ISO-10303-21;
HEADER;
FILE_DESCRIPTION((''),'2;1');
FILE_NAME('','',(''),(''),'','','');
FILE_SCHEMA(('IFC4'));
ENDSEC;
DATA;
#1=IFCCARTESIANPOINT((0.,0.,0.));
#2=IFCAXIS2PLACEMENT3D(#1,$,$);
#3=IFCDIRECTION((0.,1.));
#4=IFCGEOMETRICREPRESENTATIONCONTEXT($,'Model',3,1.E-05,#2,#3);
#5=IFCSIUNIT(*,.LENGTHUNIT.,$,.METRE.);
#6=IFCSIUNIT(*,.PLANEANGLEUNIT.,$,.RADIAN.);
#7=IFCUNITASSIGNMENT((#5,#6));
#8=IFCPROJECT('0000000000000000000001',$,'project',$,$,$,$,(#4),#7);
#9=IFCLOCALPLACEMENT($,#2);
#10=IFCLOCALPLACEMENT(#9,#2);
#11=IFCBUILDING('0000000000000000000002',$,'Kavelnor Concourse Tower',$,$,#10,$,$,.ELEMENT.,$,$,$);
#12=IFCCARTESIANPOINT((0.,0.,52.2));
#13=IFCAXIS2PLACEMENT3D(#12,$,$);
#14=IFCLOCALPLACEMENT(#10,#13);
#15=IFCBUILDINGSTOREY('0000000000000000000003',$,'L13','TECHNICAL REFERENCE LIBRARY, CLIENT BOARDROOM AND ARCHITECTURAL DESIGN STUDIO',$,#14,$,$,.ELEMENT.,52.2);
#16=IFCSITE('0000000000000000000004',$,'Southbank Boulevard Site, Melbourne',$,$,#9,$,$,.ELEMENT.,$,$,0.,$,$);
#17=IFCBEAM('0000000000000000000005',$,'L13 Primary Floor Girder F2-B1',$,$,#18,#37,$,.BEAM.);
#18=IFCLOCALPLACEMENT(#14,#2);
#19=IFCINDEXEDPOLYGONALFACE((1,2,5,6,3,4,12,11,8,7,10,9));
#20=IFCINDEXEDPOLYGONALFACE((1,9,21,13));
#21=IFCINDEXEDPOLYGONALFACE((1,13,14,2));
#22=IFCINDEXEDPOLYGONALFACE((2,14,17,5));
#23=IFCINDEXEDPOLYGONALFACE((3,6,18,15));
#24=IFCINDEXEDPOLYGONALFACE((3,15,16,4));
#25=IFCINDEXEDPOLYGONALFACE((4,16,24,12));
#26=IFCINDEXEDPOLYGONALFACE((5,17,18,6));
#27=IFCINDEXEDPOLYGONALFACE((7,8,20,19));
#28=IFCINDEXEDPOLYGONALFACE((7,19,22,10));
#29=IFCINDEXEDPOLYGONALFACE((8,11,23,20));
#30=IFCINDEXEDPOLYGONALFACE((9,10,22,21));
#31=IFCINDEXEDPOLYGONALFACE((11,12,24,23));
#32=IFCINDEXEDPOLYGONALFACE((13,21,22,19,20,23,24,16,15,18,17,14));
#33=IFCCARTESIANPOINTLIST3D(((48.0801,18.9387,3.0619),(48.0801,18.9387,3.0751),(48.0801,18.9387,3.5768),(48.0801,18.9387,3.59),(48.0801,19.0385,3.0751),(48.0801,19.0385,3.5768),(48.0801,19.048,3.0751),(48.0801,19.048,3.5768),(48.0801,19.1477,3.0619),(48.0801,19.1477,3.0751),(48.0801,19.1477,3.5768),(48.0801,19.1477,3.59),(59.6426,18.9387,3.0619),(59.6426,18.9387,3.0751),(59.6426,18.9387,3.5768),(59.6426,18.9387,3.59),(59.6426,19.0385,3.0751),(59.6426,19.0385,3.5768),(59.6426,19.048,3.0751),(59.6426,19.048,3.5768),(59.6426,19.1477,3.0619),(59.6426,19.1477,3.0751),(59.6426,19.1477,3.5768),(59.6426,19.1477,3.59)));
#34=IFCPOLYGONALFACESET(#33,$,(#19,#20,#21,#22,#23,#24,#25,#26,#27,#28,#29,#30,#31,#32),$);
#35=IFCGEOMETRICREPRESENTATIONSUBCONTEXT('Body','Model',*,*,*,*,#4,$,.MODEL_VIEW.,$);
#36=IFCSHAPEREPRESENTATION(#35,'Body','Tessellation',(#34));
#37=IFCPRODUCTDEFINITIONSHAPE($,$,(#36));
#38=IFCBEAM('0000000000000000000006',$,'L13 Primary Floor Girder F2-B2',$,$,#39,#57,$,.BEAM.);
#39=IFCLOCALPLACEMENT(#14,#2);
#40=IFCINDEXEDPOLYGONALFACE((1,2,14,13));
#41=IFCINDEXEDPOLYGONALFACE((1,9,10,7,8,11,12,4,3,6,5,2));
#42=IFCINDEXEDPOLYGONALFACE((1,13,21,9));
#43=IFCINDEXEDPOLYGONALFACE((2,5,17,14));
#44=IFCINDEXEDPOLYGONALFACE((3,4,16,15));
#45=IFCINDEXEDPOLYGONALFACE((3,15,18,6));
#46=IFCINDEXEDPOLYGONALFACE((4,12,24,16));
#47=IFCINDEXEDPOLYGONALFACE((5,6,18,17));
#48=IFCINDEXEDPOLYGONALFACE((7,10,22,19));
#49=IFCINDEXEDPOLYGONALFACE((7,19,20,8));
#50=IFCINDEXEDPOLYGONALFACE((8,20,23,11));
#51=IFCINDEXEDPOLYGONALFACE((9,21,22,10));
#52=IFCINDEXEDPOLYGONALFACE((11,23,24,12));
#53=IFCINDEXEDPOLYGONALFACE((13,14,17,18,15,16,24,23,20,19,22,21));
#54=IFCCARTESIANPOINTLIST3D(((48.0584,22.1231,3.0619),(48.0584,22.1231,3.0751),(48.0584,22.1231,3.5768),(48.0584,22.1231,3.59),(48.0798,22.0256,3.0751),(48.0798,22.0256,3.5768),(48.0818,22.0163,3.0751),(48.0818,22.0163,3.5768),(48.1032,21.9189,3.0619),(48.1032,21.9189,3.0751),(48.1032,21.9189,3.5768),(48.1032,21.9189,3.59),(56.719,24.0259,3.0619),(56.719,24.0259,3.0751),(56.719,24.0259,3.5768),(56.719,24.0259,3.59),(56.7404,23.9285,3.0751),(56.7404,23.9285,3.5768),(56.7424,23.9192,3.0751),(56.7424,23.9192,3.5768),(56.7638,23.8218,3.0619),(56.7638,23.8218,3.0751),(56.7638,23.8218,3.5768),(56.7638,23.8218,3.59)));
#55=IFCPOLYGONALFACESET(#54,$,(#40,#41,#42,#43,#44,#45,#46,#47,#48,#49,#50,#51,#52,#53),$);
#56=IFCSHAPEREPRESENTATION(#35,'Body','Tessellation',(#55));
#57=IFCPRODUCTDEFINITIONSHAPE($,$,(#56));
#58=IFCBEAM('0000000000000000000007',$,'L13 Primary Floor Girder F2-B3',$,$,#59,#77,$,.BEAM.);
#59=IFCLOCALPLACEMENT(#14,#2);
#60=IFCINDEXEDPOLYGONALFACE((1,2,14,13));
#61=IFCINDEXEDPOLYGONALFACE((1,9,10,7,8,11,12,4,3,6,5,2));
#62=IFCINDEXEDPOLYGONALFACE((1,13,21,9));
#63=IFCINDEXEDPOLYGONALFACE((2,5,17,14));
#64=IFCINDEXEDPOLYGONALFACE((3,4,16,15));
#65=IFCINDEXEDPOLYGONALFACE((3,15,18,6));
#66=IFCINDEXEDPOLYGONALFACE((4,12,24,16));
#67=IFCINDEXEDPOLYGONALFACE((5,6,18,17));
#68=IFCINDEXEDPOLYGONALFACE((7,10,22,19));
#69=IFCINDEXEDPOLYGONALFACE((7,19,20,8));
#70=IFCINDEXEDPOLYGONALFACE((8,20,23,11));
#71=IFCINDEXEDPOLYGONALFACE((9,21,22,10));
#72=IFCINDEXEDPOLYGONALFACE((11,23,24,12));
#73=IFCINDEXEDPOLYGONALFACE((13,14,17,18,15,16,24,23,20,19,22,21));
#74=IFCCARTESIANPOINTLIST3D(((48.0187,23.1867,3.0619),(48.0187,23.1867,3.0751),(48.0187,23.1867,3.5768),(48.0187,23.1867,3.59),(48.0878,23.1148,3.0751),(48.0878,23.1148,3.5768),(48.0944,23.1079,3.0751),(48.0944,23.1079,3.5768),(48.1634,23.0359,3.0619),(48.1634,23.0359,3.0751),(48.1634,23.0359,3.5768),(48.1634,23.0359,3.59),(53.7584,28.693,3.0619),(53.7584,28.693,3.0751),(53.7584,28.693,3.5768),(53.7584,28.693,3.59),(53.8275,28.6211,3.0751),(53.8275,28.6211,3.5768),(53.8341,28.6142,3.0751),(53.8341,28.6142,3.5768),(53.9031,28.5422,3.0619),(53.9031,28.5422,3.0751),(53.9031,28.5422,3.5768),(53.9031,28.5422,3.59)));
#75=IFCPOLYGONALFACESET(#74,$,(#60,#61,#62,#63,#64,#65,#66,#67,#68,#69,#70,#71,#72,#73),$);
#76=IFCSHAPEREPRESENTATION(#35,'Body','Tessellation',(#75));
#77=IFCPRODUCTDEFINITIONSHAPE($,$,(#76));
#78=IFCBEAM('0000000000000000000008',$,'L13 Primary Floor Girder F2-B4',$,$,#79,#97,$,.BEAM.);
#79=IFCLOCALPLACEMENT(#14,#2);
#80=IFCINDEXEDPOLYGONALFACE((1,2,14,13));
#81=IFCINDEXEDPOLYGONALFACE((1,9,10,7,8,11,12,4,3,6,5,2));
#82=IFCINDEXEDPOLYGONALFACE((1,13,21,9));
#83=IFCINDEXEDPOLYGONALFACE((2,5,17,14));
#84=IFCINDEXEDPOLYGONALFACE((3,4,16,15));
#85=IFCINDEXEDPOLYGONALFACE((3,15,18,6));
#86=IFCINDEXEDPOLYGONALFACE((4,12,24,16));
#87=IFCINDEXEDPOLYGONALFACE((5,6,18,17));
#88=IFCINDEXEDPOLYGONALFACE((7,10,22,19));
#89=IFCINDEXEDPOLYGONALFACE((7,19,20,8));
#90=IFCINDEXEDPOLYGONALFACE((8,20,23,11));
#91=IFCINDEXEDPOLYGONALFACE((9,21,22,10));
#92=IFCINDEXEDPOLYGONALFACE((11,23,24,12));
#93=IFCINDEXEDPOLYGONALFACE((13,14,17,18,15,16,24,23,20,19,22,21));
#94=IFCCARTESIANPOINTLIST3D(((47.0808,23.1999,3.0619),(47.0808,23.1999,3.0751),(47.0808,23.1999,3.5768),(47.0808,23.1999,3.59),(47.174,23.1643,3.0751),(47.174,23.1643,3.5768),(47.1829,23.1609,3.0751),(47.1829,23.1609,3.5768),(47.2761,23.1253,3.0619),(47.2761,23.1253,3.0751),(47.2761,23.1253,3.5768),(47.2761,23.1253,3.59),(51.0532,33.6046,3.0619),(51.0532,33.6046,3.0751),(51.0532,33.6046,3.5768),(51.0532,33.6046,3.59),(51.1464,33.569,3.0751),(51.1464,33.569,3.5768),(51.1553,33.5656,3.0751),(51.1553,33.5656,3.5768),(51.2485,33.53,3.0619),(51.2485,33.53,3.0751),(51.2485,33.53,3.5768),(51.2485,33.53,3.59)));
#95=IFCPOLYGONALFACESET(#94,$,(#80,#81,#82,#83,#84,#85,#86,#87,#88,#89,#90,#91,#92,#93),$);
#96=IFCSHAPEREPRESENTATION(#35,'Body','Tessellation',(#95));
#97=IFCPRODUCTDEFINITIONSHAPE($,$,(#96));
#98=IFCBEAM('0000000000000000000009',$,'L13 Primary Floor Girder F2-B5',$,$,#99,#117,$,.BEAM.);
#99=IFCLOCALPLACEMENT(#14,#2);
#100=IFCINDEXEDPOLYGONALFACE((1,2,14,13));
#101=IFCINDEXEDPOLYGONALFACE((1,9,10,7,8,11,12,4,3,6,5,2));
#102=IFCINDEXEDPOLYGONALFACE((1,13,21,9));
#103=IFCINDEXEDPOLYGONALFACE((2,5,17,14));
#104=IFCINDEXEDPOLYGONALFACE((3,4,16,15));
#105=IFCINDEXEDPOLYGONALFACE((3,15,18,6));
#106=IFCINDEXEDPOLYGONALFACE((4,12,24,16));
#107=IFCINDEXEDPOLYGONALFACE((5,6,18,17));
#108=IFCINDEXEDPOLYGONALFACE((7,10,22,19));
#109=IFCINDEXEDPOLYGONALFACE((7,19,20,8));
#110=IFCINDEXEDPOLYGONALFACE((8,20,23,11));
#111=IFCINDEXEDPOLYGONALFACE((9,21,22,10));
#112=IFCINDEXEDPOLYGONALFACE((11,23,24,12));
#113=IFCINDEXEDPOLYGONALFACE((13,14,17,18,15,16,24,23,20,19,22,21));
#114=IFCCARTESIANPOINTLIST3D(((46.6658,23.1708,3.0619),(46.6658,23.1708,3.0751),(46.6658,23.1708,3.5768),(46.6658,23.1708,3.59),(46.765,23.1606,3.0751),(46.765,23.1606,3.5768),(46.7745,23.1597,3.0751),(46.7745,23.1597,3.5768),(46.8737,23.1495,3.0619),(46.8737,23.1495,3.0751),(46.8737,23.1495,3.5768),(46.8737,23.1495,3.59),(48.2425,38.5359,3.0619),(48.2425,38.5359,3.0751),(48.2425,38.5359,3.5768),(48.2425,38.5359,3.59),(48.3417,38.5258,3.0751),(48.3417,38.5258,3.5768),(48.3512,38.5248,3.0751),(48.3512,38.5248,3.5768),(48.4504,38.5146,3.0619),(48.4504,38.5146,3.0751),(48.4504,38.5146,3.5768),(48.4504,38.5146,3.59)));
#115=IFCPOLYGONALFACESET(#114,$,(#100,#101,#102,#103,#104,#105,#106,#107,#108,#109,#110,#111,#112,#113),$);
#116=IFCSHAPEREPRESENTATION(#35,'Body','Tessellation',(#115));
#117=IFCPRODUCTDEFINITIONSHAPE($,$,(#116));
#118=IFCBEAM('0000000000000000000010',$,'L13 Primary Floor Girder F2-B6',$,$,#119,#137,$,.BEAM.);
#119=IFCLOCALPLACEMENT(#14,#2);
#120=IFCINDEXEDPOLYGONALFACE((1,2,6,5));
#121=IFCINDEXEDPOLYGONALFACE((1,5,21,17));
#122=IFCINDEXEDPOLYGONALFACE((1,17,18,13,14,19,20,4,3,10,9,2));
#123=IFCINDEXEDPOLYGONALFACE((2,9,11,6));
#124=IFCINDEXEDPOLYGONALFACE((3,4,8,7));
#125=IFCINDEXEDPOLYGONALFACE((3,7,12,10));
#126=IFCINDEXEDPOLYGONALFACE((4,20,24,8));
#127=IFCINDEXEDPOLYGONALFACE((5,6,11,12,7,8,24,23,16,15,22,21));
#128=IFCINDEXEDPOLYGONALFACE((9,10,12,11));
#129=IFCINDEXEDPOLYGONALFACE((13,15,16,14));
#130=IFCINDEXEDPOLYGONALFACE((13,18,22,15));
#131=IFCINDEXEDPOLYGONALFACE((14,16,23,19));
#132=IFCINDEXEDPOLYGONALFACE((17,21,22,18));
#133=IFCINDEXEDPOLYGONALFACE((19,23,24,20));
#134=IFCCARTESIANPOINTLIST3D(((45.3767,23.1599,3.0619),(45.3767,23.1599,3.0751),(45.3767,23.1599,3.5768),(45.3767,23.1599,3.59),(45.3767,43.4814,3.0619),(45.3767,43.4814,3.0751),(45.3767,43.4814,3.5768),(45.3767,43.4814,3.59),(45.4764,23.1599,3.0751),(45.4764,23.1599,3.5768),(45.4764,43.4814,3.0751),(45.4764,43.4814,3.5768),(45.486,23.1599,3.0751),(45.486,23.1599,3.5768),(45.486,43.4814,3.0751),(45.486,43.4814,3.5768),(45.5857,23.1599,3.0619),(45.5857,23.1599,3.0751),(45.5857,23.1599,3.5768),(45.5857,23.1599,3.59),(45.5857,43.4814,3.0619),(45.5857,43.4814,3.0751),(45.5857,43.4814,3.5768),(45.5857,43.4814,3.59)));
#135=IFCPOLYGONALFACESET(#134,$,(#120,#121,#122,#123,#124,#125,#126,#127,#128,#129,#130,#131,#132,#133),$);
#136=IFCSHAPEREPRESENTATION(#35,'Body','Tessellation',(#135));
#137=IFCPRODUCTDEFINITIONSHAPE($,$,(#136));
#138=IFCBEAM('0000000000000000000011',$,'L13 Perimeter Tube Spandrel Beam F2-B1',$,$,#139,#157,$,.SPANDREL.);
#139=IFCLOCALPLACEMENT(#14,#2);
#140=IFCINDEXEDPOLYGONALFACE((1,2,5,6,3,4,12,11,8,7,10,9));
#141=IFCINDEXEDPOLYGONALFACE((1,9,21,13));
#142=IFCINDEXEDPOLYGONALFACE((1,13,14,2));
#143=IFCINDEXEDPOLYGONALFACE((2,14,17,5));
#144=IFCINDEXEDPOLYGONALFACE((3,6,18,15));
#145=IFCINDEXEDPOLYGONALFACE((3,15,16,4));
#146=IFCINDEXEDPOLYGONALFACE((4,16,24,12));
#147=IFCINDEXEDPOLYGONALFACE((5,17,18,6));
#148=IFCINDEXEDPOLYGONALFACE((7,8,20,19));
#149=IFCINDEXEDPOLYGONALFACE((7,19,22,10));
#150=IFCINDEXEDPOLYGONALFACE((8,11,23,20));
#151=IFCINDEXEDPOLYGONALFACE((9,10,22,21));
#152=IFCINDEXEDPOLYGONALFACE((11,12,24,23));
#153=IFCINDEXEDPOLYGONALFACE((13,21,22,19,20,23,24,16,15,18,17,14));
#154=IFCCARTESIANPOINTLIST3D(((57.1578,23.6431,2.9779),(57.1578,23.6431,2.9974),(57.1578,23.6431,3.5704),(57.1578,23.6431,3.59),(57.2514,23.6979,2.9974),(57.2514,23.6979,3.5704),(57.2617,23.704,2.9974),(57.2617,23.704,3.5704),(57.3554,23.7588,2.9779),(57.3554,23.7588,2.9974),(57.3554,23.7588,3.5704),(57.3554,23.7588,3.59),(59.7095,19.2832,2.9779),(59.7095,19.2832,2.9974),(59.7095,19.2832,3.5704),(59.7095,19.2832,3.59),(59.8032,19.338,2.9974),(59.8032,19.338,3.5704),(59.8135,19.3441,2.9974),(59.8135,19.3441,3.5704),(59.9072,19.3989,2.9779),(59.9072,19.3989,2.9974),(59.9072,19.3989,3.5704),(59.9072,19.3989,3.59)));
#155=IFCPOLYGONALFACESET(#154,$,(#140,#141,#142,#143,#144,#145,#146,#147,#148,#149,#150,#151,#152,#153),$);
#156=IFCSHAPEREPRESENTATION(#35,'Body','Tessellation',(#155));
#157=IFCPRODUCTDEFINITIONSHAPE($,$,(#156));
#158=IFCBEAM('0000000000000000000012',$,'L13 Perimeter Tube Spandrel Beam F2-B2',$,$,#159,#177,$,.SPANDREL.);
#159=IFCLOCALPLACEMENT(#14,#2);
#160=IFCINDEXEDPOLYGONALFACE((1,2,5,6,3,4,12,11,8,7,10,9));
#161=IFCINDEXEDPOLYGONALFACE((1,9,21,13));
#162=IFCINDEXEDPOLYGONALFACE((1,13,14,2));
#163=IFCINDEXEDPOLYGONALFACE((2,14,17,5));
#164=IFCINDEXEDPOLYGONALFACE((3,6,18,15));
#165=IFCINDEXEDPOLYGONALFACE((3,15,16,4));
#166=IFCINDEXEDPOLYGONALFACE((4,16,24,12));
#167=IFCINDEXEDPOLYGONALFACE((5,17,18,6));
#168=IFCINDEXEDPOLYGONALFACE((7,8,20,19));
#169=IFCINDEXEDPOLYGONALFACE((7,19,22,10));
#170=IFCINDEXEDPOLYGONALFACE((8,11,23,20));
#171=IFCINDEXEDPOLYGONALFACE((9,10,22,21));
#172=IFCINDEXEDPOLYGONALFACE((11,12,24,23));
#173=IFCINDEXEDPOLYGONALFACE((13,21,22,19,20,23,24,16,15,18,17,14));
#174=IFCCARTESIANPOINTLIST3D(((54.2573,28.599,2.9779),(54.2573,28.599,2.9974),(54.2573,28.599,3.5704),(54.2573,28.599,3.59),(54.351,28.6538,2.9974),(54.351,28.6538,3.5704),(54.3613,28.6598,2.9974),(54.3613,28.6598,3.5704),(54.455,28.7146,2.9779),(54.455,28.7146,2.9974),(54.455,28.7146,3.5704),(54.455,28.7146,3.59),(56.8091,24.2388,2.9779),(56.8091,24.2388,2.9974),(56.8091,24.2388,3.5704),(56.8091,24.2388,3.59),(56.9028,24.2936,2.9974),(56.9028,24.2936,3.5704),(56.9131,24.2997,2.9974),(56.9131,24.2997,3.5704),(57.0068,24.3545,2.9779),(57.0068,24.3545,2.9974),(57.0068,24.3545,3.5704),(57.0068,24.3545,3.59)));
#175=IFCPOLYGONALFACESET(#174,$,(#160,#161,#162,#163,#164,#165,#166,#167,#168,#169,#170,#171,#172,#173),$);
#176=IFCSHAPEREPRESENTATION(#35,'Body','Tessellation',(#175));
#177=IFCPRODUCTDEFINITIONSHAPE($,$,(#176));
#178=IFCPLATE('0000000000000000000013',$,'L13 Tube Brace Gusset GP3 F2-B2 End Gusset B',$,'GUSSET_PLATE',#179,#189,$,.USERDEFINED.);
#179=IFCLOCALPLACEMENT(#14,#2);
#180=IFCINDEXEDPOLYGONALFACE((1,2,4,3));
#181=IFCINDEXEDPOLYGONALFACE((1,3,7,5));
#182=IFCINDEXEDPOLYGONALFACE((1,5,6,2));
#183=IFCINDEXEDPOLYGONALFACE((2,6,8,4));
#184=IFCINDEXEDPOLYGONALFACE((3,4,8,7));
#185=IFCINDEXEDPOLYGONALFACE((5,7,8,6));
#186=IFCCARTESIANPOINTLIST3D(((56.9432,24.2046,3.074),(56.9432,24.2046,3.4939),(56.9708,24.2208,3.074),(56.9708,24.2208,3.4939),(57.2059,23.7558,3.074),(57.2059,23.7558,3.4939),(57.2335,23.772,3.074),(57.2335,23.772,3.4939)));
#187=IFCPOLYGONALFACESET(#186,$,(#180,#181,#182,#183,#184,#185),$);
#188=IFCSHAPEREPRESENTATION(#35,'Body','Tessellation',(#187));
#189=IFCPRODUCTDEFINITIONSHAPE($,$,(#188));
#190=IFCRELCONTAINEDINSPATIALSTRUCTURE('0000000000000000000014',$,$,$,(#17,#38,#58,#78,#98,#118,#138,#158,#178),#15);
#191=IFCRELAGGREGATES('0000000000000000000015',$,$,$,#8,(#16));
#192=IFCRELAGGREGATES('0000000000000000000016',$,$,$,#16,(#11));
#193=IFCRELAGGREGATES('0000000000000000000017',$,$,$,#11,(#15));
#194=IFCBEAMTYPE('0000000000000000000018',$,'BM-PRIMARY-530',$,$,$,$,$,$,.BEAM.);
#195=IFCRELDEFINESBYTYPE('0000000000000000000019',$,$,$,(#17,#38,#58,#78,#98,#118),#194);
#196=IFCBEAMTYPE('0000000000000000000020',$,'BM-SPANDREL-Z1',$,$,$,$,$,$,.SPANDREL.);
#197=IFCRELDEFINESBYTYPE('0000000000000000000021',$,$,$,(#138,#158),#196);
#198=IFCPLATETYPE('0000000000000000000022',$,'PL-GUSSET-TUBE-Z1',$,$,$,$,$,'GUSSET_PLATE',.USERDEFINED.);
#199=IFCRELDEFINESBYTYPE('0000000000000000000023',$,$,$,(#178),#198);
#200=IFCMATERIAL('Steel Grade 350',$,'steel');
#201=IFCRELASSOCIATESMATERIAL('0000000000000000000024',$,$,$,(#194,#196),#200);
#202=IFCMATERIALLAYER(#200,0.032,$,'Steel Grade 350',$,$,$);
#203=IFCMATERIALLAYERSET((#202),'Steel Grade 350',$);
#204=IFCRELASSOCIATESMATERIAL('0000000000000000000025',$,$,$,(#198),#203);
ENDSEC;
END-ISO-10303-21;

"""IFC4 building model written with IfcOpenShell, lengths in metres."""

from ifc_helpers import new_model, si_unit, direction, frame, origin, origin_2d, place, context, subcontext, project, spatial, rectangle, i_section, extrude, material, layer, layer_set, material_profile, profile_set, type_object, element, save


model = new_model("IFC4")

# Units and contexts
model_context = context("Model", 3, precision=1e-05, world=origin(), true_north=direction((0.0, 1.0)))
body_context = subcontext(model_context, "Body", "Model", "MODEL_VIEW")
ifc_project = project(units=[si_unit("LENGTHUNIT", "METRE"), si_unit("PLANEANGLEUNIT", "RADIAN")], contexts=[model_context])

# Site, building, storey
site_placement = place(None, origin())
site = spatial("IfcSite", under=ifc_project, at=site_placement, Name="Southbank Boulevard Site, Melbourne", CompositionType="ELEMENT", RefElevation=0.0)
building_placement = place(site_placement, origin())
building = spatial("IfcBuilding", under=site, at=building_placement, Name="Kavelnor Concourse Tower", CompositionType="ELEMENT")
storey_placement = place(building_placement, frame((0.0, 0.0, 52.2)))
storey = spatial("IfcBuildingStorey", under=building, at=storey_placement, Name="L13", Description="TECHNICAL REFERENCE LIBRARY, CLIENT BOARDROOM AND ARCHITECTURAL DESIGN STUDIO", CompositionType="ELEMENT", Elevation=52.2)

# Shared definitions
ifc_material_1 = material(Name="Steel Grade 350", Category="steel")

# Beams
ifc_material_profile_1 = material_profile(ifc_material_1, i_section(OverallWidth=0.209, OverallDepth=0.5281, WebThickness=0.0095, FlangeThickness=0.0132, at=origin_2d()), Name="530UB82")
ifc_profile_set_1 = profile_set([ifc_material_profile_1], Name="Steel Grade 350")
beam_type_1 = type_object("IfcBeamType", Name="BM-PRIMARY-530", PredefinedType="BEAM", material=ifc_profile_set_1)
beam_1_placement = place(storey_placement, frame((48.0801, 19.0432, 3.3259), z_axis=(1.0, 0.0, 0.0), x_axis=(0.0, 1.0, 0.0)))
element("IfcBeam", 1, at=beam_1_placement, inside=storey, type_object=beam_type_1, Name="L13 Primary Floor Girder F2-B1", PredefinedType="BEAM", context=body_context, shape_type="SweptSolid", body=[
    extrude(i_section(OverallWidth=0.209, OverallDepth=0.5281, WebThickness=0.0095, FlangeThickness=0.0132, at=origin_2d()), origin(), (0.0, 0.0, 1.0), 11.5625),
])
beam_2_placement = place(storey_placement, frame((48.0808, 22.021, 3.3259), z_axis=(0.976704, 0.214592, 0.0), x_axis=(-0.214592, 0.976704, 0.0)))
element("IfcBeam", 2, at=beam_2_placement, inside=storey, type_object=beam_type_1, Name="L13 Primary Floor Girder F2-B2", PredefinedType="BEAM", context=body_context, shape_type="SweptSolid", body=[
    extrude(i_section(OverallWidth=0.209, OverallDepth=0.5281, WebThickness=0.0095, FlangeThickness=0.0132, at=origin_2d()), origin(), (0.0, 0.0, 1.0), 8.8672),
])
beam_3_placement = place(storey_placement, frame((48.0911, 23.1113, 3.3259), z_axis=(0.721626, 0.692283, 0.0), x_axis=(-0.692283, 0.721626, 0.0)))
element("IfcBeam", 3, at=beam_3_placement, inside=storey, type_object=beam_type_1, Name="L13 Primary Floor Girder F2-B3", PredefinedType="BEAM", context=body_context, shape_type="SweptSolid", body=[
    extrude(i_section(OverallWidth=0.209, OverallDepth=0.5281, WebThickness=0.0095, FlangeThickness=0.0132, at=origin_2d()), origin(), (0.0, 0.0, 1.0), 7.9539),
])
beam_4_placement = place(storey_placement, frame((47.1785, 23.1626, 3.3259), z_axis=(0.356676, 0.934228, 0.0), x_axis=(-0.934228, 0.356676, 0.0)))
element("IfcBeam", 4, at=beam_4_placement, inside=storey, type_object=beam_type_1, Name="L13 Primary Floor Girder F2-B4", PredefinedType="BEAM", context=body_context, shape_type="SweptSolid", body=[
    extrude(i_section(OverallWidth=0.209, OverallDepth=0.5281, WebThickness=0.0095, FlangeThickness=0.0132, at=origin_2d()), origin(), (0.0, 0.0, 1.0), 11.1372),
])
beam_5_placement = place(storey_placement, frame((46.7698, 23.1602, 3.3259), z_axis=(0.102076, 0.994777, 0.0), x_axis=(-0.994777, 0.102076, 0.0)))
element("IfcBeam", 5, at=beam_5_placement, inside=storey, type_object=beam_type_1, Name="L13 Primary Floor Girder F2-B5", PredefinedType="BEAM", context=body_context, shape_type="SweptSolid", body=[
    extrude(i_section(OverallWidth=0.209, OverallDepth=0.5281, WebThickness=0.0095, FlangeThickness=0.0132, at=origin_2d()), origin(), (0.0, 0.0, 1.0), 15.4458),
])
beam_6_placement = place(storey_placement, frame((45.4812, 23.1599, 3.3259), z_axis=(0.0, 1.0, 0.0), x_axis=(-1.0, 0.0, 0.0)))
element("IfcBeam", 6, at=beam_6_placement, inside=storey, type_object=beam_type_1, Name="L13 Primary Floor Girder F2-B6", PredefinedType="BEAM", context=body_context, shape_type="SweptSolid", body=[
    extrude(i_section(OverallWidth=0.209, OverallDepth=0.5281, WebThickness=0.0095, FlangeThickness=0.0132, at=origin_2d()), origin(), (0.0, 0.0, 1.0), 20.3215),
])
ifc_material_profile_2 = material_profile(ifc_material_1, i_section(OverallWidth=0.229, OverallDepth=0.6121, WebThickness=0.012, FlangeThickness=0.0195, at=origin_2d()), Name="610UB125")
ifc_profile_set_2 = profile_set([ifc_material_profile_2], Name="Steel Grade 350")
beam_type_2 = type_object("IfcBeamType", Name="BM-SPANDREL-Z1", PredefinedType="SPANDREL", material=ifc_profile_set_2)
beam_7_placement = place(storey_placement, frame((59.8083, 19.3411, 3.2839), z_axis=(-0.505127, 0.863045, 0.0), x_axis=(-0.863045, -0.505127, 0.0)))
element("IfcBeam", 7, at=beam_7_placement, inside=storey, type_object=beam_type_2, Name="L13 Perimeter Tube Spandrel Beam F2-B1", PredefinedType="SPANDREL", context=body_context, shape_type="SweptSolid", body=[
    extrude(i_section(OverallWidth=0.229, OverallDepth=0.6121, WebThickness=0.012, FlangeThickness=0.0195, at=origin_2d()), origin(), (0.0, 0.0, 1.0), 5.0518),
])
beam_8_placement = place(storey_placement, frame((56.908, 24.2966, 3.2839), z_axis=(-0.505105, 0.863058, 0.0), x_axis=(-0.863058, -0.505105, 0.0)))
element("IfcBeam", 8, at=beam_8_placement, inside=storey, type_object=beam_type_2, Name="L13 Perimeter Tube Spandrel Beam F2-B2", PredefinedType="SPANDREL", context=body_context, shape_type="SweptSolid", body=[
    extrude(i_section(OverallWidth=0.229, OverallDepth=0.6121, WebThickness=0.012, FlangeThickness=0.0195, at=origin_2d()), origin(), (0.0, 0.0, 1.0), 5.052),
])

# Plate
ifc_layer_1 = layer(ifc_material_1, 0.032, Name="Steel Grade 350")
ifc_layer_set_1 = layer_set([ifc_layer_1], Name="Steel Grade 350")
plate_type = type_object("IfcPlateType", Name="PL-GUSSET-TUBE-Z1", ElementType="GUSSET_PLATE", PredefinedType="USERDEFINED", material=ifc_layer_set_1)
plate_placement = place(storey_placement, frame((57.0884, 23.9883, 3.074), z_axis=(0.0, 0.0, 1.0), x_axis=(0.50513, -0.863043, 0.0)))
element("IfcPlate", 9, at=plate_placement, inside=storey, type_object=plate_type, Name="L13 Tube Brace Gusset GP3 F2-B2 End Gusset B", ObjectType="GUSSET_PLATE", PredefinedType="USERDEFINED", context=body_context, shape_type="SweptSolid", body=[
    extrude(rectangle(XDim=0.52, YDim=0.032, at=origin_2d()), origin(), (0.0, 0.0, 1.0), 0.4199),
])

save(model, "model.ifc")
